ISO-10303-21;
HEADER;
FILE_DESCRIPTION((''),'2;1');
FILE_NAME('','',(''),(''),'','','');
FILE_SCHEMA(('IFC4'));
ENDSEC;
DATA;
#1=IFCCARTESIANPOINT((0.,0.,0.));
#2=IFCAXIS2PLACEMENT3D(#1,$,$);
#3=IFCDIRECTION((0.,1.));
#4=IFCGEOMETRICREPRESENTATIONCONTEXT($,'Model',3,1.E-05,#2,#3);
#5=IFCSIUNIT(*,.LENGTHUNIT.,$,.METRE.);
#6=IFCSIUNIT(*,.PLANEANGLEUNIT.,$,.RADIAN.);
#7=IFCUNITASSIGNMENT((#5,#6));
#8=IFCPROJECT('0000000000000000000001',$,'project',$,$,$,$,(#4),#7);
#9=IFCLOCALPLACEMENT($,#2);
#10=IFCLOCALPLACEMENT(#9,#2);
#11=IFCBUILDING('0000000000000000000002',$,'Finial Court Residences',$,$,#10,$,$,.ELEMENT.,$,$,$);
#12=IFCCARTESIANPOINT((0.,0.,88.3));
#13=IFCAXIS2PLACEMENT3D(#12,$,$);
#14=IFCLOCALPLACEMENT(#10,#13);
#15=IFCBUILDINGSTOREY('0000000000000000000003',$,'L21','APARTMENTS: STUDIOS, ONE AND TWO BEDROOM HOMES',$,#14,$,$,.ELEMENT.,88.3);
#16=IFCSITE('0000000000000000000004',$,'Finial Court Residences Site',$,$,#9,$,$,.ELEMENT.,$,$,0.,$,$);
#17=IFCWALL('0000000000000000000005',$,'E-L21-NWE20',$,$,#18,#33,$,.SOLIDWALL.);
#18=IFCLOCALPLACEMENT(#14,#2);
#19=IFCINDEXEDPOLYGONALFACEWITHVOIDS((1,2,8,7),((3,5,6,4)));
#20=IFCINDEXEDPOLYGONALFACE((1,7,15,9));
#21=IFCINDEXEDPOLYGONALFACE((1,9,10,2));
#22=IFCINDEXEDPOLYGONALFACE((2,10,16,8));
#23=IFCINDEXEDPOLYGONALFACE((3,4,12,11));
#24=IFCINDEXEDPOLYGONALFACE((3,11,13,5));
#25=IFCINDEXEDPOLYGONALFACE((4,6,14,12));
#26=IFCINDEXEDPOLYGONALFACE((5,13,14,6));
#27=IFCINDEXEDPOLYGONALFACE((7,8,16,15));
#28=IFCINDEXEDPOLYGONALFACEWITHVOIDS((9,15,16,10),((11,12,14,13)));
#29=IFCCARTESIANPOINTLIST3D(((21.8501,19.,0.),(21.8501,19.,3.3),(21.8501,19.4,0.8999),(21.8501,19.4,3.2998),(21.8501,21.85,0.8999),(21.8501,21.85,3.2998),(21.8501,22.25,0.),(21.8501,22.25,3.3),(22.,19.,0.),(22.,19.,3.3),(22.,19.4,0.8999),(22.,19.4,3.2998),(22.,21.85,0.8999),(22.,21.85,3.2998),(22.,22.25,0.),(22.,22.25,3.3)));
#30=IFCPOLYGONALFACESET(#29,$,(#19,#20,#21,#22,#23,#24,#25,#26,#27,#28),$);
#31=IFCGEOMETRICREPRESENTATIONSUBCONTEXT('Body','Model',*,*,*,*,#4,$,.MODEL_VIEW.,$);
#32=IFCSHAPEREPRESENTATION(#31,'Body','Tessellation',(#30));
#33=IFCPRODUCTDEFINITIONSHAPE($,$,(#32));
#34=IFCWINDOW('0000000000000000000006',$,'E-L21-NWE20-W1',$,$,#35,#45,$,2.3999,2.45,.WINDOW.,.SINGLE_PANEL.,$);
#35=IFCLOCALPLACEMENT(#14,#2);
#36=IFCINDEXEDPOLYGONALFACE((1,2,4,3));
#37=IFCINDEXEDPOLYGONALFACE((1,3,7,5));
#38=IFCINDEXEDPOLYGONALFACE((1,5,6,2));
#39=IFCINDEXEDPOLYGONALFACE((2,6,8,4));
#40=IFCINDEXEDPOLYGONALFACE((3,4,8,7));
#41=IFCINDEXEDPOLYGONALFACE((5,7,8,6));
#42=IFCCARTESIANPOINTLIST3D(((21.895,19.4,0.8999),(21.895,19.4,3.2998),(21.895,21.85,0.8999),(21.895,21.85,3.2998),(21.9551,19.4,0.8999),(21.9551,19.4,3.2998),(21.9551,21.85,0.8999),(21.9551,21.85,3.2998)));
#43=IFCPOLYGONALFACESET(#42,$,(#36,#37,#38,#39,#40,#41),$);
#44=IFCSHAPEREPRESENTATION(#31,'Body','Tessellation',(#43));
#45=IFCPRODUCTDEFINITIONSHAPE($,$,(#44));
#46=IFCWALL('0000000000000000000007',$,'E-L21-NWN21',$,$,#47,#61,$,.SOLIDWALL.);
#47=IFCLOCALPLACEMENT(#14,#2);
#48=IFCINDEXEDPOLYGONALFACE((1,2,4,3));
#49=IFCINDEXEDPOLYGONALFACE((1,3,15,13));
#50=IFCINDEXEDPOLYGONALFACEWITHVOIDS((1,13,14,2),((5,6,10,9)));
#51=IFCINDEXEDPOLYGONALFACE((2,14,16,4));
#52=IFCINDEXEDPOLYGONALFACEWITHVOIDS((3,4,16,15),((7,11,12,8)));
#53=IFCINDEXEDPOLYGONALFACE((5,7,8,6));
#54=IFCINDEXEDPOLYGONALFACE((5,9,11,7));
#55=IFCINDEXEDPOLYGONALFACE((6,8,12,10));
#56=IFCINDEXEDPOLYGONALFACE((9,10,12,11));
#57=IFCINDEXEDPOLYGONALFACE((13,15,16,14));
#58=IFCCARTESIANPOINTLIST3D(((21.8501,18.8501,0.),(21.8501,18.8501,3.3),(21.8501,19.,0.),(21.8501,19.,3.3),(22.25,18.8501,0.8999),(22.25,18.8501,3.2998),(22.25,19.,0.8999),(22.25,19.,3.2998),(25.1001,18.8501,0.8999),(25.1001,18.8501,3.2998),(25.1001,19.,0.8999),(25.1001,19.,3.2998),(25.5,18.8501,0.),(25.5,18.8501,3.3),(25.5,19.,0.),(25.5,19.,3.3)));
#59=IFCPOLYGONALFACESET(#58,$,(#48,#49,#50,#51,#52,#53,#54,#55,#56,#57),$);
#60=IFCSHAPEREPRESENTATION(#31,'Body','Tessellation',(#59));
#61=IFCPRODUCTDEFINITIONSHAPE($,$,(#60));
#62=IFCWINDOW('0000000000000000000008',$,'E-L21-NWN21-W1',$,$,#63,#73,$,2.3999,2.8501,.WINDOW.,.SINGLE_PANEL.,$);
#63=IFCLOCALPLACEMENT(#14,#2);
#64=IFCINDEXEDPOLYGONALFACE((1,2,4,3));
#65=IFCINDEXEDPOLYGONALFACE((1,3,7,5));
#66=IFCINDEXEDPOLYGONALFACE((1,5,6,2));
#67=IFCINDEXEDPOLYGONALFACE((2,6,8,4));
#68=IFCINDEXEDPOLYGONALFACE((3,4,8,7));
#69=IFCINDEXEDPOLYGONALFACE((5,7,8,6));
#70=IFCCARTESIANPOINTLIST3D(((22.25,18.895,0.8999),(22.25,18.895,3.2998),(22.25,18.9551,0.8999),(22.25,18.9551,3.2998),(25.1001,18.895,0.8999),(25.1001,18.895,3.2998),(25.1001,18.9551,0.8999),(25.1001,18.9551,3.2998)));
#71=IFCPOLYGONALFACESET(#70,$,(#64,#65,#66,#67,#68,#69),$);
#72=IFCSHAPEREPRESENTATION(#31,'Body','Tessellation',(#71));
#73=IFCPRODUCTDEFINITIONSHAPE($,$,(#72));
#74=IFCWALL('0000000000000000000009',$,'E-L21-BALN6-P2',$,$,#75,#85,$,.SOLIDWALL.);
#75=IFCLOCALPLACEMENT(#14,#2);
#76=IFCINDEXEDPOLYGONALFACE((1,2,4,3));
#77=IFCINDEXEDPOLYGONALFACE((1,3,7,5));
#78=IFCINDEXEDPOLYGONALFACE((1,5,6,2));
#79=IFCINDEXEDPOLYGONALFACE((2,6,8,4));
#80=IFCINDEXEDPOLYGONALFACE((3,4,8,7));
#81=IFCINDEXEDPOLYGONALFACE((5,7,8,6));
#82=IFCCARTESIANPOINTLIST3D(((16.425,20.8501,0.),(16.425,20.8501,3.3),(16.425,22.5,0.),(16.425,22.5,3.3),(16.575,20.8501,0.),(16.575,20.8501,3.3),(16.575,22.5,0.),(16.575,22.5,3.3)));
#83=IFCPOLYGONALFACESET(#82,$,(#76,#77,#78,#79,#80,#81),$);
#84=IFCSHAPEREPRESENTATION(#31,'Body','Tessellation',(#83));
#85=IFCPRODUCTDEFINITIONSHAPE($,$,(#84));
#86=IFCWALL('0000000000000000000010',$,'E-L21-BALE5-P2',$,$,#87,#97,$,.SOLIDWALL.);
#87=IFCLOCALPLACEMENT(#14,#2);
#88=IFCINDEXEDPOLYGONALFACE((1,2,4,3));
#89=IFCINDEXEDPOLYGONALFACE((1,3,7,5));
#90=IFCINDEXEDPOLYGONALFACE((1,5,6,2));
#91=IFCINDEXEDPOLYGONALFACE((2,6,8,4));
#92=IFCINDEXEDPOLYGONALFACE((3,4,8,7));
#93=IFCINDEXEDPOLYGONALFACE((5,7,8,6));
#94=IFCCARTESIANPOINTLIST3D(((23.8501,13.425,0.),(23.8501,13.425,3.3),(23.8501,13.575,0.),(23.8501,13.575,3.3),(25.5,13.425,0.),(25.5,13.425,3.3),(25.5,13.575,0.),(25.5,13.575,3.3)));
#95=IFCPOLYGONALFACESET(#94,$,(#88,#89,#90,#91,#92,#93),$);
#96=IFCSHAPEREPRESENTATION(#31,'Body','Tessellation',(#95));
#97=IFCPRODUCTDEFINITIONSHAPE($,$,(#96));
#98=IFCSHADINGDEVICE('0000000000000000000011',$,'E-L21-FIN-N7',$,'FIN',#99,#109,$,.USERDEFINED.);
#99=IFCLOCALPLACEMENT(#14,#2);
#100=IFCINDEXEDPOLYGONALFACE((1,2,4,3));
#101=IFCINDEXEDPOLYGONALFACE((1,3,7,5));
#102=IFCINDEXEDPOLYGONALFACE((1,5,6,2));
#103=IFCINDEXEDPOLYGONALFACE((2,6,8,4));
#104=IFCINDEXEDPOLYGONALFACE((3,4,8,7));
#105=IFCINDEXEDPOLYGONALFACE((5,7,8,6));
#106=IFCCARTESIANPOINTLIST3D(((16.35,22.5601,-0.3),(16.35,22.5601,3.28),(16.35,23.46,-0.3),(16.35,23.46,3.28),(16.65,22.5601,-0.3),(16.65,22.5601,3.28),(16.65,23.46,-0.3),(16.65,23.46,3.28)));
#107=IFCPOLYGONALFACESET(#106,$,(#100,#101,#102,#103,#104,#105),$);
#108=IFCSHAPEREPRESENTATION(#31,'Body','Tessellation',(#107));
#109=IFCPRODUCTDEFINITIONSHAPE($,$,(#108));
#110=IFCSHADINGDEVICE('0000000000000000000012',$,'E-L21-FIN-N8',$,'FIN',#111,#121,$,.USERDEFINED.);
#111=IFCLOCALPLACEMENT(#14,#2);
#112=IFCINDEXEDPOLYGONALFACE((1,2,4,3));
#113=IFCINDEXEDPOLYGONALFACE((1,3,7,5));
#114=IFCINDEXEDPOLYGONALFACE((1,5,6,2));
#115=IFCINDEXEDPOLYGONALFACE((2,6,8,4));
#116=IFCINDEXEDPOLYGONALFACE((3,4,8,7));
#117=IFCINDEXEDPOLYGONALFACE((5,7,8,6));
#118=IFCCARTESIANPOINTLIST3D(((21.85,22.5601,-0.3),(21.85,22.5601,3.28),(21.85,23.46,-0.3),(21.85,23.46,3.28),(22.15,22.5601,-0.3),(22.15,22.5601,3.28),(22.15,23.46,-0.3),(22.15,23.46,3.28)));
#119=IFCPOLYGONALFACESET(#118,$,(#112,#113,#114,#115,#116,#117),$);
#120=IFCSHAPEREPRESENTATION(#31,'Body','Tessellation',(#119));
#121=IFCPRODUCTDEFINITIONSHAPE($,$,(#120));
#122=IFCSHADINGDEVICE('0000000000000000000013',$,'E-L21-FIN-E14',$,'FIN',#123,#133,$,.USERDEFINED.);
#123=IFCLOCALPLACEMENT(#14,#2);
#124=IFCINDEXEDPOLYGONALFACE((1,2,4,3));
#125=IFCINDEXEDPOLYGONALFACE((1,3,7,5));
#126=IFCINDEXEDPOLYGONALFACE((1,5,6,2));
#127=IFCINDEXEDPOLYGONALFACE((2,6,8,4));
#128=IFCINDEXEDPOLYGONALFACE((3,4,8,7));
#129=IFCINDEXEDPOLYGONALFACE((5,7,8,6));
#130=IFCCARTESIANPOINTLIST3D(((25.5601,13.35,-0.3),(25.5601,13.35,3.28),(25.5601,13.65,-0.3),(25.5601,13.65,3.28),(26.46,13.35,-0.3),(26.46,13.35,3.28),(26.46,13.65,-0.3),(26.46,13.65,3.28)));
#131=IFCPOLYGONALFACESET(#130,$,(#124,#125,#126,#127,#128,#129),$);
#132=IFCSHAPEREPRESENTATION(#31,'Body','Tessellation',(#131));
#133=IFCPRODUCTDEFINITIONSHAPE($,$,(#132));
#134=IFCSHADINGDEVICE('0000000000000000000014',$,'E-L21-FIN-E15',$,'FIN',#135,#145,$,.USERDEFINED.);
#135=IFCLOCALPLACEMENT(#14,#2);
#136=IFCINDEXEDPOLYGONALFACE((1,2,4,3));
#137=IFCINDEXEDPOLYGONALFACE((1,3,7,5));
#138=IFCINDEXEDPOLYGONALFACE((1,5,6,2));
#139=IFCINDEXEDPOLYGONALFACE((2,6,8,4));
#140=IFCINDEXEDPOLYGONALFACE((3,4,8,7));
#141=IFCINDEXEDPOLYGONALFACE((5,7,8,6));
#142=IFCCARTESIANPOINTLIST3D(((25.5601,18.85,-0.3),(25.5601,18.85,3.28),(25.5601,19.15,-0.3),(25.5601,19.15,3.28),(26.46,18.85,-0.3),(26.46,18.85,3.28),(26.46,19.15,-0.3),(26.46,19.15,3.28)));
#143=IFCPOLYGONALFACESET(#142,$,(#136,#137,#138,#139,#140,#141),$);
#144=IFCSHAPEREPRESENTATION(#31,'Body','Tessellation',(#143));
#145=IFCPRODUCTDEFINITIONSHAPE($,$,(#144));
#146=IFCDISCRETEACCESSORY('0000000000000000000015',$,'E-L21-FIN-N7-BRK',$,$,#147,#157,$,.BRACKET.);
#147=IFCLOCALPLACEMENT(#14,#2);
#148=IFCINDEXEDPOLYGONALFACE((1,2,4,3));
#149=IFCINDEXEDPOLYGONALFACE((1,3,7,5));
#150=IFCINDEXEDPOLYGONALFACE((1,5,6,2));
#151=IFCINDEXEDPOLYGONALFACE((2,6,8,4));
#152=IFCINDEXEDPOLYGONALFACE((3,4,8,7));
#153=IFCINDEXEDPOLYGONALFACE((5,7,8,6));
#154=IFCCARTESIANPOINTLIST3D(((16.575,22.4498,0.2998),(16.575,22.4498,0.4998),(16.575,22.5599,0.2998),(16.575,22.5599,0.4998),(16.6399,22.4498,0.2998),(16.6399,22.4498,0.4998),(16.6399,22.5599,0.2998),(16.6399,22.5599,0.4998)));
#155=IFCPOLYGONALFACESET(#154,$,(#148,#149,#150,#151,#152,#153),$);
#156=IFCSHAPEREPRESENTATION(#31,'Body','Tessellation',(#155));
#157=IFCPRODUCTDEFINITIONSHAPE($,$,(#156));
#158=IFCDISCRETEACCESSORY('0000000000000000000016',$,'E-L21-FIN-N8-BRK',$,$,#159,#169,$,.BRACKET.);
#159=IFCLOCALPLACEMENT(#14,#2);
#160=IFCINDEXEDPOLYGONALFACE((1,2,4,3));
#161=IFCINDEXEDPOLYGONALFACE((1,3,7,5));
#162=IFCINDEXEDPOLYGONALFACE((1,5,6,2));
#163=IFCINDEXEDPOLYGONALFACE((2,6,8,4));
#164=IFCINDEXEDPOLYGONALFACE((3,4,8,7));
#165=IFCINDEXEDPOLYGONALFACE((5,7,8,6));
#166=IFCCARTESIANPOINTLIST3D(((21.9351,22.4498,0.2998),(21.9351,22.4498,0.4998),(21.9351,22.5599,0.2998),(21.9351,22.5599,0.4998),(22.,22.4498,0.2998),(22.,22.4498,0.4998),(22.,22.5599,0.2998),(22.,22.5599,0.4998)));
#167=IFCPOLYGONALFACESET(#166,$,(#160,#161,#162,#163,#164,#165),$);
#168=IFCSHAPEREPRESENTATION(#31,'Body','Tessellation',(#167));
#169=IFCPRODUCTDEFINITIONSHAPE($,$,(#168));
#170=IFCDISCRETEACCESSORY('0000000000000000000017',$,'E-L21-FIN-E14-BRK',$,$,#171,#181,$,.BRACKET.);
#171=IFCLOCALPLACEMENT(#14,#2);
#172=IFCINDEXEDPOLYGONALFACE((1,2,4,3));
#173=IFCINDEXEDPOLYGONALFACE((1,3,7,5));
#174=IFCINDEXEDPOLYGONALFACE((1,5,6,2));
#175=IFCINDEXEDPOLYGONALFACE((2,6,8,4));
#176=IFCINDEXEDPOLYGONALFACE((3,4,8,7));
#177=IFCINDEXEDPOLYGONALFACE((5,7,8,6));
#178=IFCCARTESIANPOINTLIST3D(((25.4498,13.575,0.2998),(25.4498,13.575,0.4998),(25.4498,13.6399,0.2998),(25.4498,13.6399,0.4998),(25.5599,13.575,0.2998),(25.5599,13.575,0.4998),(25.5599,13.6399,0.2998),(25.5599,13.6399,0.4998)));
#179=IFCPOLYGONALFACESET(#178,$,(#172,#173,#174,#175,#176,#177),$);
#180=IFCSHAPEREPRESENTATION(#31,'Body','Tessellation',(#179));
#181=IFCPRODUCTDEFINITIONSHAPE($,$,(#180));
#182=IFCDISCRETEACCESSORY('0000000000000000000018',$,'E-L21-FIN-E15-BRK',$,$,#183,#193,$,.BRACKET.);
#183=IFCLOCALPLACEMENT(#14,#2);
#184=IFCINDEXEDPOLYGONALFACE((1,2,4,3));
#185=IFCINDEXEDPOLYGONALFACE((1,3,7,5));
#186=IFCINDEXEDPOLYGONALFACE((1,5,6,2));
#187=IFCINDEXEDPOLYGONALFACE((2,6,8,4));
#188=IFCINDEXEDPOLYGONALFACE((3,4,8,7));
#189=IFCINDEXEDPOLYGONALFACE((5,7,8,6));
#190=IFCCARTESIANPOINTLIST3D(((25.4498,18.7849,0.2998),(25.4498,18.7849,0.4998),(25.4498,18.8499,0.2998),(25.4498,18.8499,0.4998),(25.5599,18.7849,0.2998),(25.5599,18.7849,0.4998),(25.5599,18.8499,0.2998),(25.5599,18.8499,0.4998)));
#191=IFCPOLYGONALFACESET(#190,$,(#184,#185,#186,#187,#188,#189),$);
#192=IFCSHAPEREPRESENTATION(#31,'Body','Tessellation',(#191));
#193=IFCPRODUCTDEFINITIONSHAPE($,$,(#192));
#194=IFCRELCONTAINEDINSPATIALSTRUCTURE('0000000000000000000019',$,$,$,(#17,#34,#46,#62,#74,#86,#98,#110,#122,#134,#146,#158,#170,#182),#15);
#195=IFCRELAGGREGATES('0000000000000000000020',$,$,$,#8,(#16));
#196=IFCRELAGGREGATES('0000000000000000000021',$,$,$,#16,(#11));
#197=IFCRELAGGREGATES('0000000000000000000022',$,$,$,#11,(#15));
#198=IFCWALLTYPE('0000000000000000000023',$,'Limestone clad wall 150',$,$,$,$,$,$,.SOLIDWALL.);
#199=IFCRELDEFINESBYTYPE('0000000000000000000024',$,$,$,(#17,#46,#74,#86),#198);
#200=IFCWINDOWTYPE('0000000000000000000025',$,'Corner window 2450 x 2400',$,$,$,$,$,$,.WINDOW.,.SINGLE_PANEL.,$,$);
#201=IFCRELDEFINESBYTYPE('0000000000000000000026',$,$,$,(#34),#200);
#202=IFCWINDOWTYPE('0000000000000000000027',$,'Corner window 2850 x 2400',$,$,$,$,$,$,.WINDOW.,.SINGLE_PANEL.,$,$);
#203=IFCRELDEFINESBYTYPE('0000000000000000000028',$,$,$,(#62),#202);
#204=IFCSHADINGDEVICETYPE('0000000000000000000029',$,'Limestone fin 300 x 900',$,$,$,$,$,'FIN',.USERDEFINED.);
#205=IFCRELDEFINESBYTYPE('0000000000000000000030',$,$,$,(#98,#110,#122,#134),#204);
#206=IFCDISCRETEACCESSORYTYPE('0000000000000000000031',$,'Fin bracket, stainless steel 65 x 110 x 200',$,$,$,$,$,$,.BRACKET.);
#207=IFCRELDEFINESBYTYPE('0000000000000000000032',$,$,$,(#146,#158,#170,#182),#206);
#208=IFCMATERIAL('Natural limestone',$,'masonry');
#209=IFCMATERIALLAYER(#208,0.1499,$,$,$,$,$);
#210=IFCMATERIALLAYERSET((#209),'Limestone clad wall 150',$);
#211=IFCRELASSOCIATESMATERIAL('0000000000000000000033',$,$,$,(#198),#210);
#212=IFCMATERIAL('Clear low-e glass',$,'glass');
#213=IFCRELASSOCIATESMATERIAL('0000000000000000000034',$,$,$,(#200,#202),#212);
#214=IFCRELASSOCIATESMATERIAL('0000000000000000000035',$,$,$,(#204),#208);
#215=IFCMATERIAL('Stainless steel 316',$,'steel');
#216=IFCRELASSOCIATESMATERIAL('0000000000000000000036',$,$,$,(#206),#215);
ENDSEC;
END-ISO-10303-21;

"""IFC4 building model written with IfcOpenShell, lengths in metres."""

from ifc_helpers import new_model, si_unit, direction, frame, frame_2d, origin, origin_2d, place, context, subcontext, project, spatial, rectangle, extrude, material, layer, layer_set, type_object, element, fill, save


model = new_model("IFC4")

# Units and contexts
model_context = context("Model", 3, precision=1e-05, world=origin(), true_north=direction((0.0, 1.0)))
body_context = subcontext(model_context, "Body", "Model", "MODEL_VIEW")
ifc_project = project(units=[si_unit("LENGTHUNIT", "METRE"), si_unit("PLANEANGLEUNIT", "RADIAN")], contexts=[model_context])

# Site, building, storey
site_placement = place(None, origin())
site = spatial("IfcSite", under=ifc_project, at=site_placement, Name="Finial Court Residences Site", CompositionType="ELEMENT", RefElevation=0.0)
building_placement = place(site_placement, origin())
building = spatial("IfcBuilding", under=site, at=building_placement, Name="Finial Court Residences", CompositionType="ELEMENT")
storey_placement = place(building_placement, frame((0.0, 0.0, 88.3)))
storey = spatial("IfcBuildingStorey", under=building, at=storey_placement, Name="L21", Description="APARTMENTS: STUDIOS, ONE AND TWO BEDROOM HOMES", CompositionType="ELEMENT", Elevation=88.3)

# Shared definitions
ifc_material_1 = material(Name="Clear low-e glass", Category="glass")

# Walls, openings, windows
ifc_material_2 = material(Name="Natural limestone", Category="masonry")
ifc_layer_1 = layer(ifc_material_2, 0.1499)
ifc_layer_set_1 = layer_set([ifc_layer_1], Name="Limestone clad wall 150")
wall_type = type_object("IfcWallType", Name="Limestone clad wall 150", PredefinedType="SOLIDWALL", material=ifc_layer_set_1)
wall_1_placement = place(storey_placement, frame((21.925, 22.25, 0.0), z_axis=(0.0, 0.0, 1.0), x_axis=(0.0, -1.0, 0.0)))
wall_1 = element("IfcWall", 1, at=wall_1_placement, inside=storey, type_object=wall_type, Name="E-L21-NWE20", PredefinedType="SOLIDWALL", context=body_context, shape_type="SweptSolid", body=[
    extrude(rectangle(XDim=3.25, YDim=0.1499, at=frame_2d((1.625, 0.0))), origin(), (0.0, 0.0, 1.0), 3.3),
])
opening_1_placement = place(wall_1_placement, frame((0.3999, 0.0, 0.8999)))
opening_1 = element("IfcOpeningElement", 2, at=opening_1_placement, cuts=wall_1, PredefinedType="OPENING", context=body_context, shape_type="SweptSolid", body=[
    extrude(rectangle(XDim=2.45, YDim=2.3999, at=frame_2d((1.2251, 1.2))), frame((0.0, 0.085, 0.0), z_axis=(0.0, -1.0, 0.0), x_axis=(1.0, 0.0, 0.0)), (0.0, 0.0, 1.0), 0.1699),
])
window_type_1 = type_object("IfcWindowType", Name="Corner window 2450 x 2400", PartitioningType="SINGLE_PANEL", PredefinedType="WINDOW", material=ifc_material_1)
window_1_placement = place(opening_1_placement, origin())
window_1 = element("IfcWindow", 3, at=window_1_placement, inside=storey, type_object=window_type_1, Name="E-L21-NWE20-W1", OverallHeight=2.3999, OverallWidth=2.45, PartitioningType="SINGLE_PANEL", PredefinedType="WINDOW", context=body_context, shape_type="SweptSolid", body=[
    extrude(rectangle(XDim=2.45, YDim=2.3999, at=frame_2d((1.2251, 1.2))), frame((0.0, 0.03, 0.0), z_axis=(0.0, -1.0, 0.0), x_axis=(1.0, 0.0, 0.0)), (0.0, 0.0, 1.0), 0.0601),
])
fill(opening_1, window_1)
wall_2_placement = place(storey_placement, frame((21.8501, 18.925, 0.0), z_axis=(0.0, 0.0, 1.0), x_axis=(1.0, 0.0, 0.0)))
wall_2 = element("IfcWall", 4, at=wall_2_placement, inside=storey, type_object=wall_type, Name="E-L21-NWN21", PredefinedType="SOLIDWALL", context=body_context, shape_type="SweptSolid", body=[
    extrude(rectangle(XDim=3.6499, YDim=0.1499, at=frame_2d((1.825, 0.0))), origin(), (0.0, 0.0, 1.0), 3.3),
])
opening_2_placement = place(wall_2_placement, frame((0.3999, 0.0, 0.8999)))
opening_2 = element("IfcOpeningElement", 5, at=opening_2_placement, cuts=wall_2, PredefinedType="OPENING", context=body_context, shape_type="SweptSolid", body=[
    extrude(rectangle(XDim=2.8501, YDim=2.3999, at=frame_2d((1.425, 1.2))), frame((0.0, 0.085, 0.0), z_axis=(0.0, -1.0, 0.0), x_axis=(1.0, 0.0, 0.0)), (0.0, 0.0, 1.0), 0.1699),
])
window_type_2 = type_object("IfcWindowType", Name="Corner window 2850 x 2400", PartitioningType="SINGLE_PANEL", PredefinedType="WINDOW", material=ifc_material_1)
window_2_placement = place(opening_2_placement, origin())
window_2 = element("IfcWindow", 6, at=window_2_placement, inside=storey, type_object=window_type_2, Name="E-L21-NWN21-W1", OverallHeight=2.3999, OverallWidth=2.8501, PartitioningType="SINGLE_PANEL", PredefinedType="WINDOW", context=body_context, shape_type="SweptSolid", body=[
    extrude(rectangle(XDim=2.8501, YDim=2.3999, at=frame_2d((1.425, 1.2))), frame((0.0, 0.03, 0.0), z_axis=(0.0, -1.0, 0.0), x_axis=(1.0, 0.0, 0.0)), (0.0, 0.0, 1.0), 0.0601),
])
fill(opening_2, window_2)

# Walls
for number, where, z_axis, x_axis, name in (
    (7, (16.5, 20.8501, 0.0), (0.0, 0.0, 1.0), (0.0, 1.0, 0.0), "E-L21-BALN6-P2"),
    (8, (23.8501, 13.5, 0.0), (0.0, 0.0, 1.0), (1.0, 0.0, 0.0), "E-L21-BALE5-P2"),
):
    element("IfcWall", number, at=place(storey_placement, frame(where, z_axis=z_axis, x_axis=x_axis)), inside=storey, type_object=wall_type, Name=name, PredefinedType="SOLIDWALL", context=body_context, shape_type="SweptSolid", body=[
        extrude(rectangle(XDim=1.6499, YDim=0.1499, at=frame_2d((0.825, 0.0))), origin(), (0.0, 0.0, 1.0), 3.3),
    ])

# Shading devices
shading_device_type = type_object("IfcShadingDeviceType", Name="Limestone fin 300 x 900", ElementType="FIN", PredefinedType="USERDEFINED", material=ifc_material_2)
for number, where, z_axis, x_axis, name in (
    (9, (16.5, 23.01, -0.3), (0.0, 0.0, 1.0), (1.0, 0.0, 0.0), "E-L21-FIN-N7"),
    (10, (22.0, 23.01, -0.3), (0.0, 0.0, 1.0), (1.0, 0.0, 0.0), "E-L21-FIN-N8"),
):
    element("IfcShadingDevice", number, at=place(storey_placement, frame(where, z_axis=z_axis, x_axis=x_axis)), inside=storey, type_object=shading_device_type, Name=name, ObjectType="FIN", PredefinedType="USERDEFINED", context=body_context, shape_type="SweptSolid", body=[
        extrude(rectangle(XDim=0.3, YDim=0.8999, at=origin_2d()), origin(), (0.0, 0.0, 1.0), 3.5801),
    ])
for number, where, z_axis, x_axis, name in (
    (11, (26.01, 13.5, -0.3), (0.0, 0.0, 1.0), (1.0, 0.0, 0.0), "E-L21-FIN-E14"),
    (12, (26.01, 19.0, -0.3), (0.0, 0.0, 1.0), (1.0, 0.0, 0.0), "E-L21-FIN-E15"),
):
    element("IfcShadingDevice", number, at=place(storey_placement, frame(where, z_axis=z_axis, x_axis=x_axis)), inside=storey, type_object=shading_device_type, Name=name, ObjectType="FIN", PredefinedType="USERDEFINED", context=body_context, shape_type="SweptSolid", body=[
        extrude(rectangle(XDim=0.8999, YDim=0.3, at=origin_2d()), origin(), (0.0, 0.0, 1.0), 3.5801),
    ])

# Discrete accessories
ifc_material_3 = material(Name="Stainless steel 316", Category="steel")
discrete_accessory_type = type_object("IfcDiscreteAccessoryType", Name="Fin bracket, stainless steel 65 x 110 x 200", PredefinedType="BRACKET", material=ifc_material_3)
for number, where, z_axis, x_axis, name in (
    (13, (16.6074, 22.5049, 0.2998), (0.0, 0.0, 1.0), (1.0, 0.0, 0.0), "E-L21-FIN-N7-BRK"),
    (14, (21.9675, 22.5049, 0.2998), (0.0, 0.0, 1.0), (1.0, 0.0, 0.0), "E-L21-FIN-N8-BRK"),
):
    element("IfcDiscreteAccessory", number, at=place(storey_placement, frame(where, z_axis=z_axis, x_axis=x_axis)), inside=storey, type_object=discrete_accessory_type, Name=name, PredefinedType="BRACKET", context=body_context, shape_type="SweptSolid", body=[
        extrude(rectangle(XDim=0.0649, YDim=0.1101, at=origin_2d()), origin(), (0.0, 0.0, 1.0), 0.2),
    ])
for number, where, z_axis, x_axis, name in (
    (15, (25.5049, 13.6074, 0.2998), (0.0, 0.0, 1.0), (1.0, 0.0, 0.0), "E-L21-FIN-E14-BRK"),
    (16, (25.5049, 18.8174, 0.2998), (0.0, 0.0, 1.0), (1.0, 0.0, 0.0), "E-L21-FIN-E15-BRK"),
):
    element("IfcDiscreteAccessory", number, at=place(storey_placement, frame(where, z_axis=z_axis, x_axis=x_axis)), inside=storey, type_object=discrete_accessory_type, Name=name, PredefinedType="BRACKET", context=body_context, shape_type="SweptSolid", body=[
        extrude(rectangle(XDim=0.1101, YDim=0.0649, at=origin_2d()), origin(), (0.0, 0.0, 1.0), 0.2),
    ])

save(model, "model.ifc")
